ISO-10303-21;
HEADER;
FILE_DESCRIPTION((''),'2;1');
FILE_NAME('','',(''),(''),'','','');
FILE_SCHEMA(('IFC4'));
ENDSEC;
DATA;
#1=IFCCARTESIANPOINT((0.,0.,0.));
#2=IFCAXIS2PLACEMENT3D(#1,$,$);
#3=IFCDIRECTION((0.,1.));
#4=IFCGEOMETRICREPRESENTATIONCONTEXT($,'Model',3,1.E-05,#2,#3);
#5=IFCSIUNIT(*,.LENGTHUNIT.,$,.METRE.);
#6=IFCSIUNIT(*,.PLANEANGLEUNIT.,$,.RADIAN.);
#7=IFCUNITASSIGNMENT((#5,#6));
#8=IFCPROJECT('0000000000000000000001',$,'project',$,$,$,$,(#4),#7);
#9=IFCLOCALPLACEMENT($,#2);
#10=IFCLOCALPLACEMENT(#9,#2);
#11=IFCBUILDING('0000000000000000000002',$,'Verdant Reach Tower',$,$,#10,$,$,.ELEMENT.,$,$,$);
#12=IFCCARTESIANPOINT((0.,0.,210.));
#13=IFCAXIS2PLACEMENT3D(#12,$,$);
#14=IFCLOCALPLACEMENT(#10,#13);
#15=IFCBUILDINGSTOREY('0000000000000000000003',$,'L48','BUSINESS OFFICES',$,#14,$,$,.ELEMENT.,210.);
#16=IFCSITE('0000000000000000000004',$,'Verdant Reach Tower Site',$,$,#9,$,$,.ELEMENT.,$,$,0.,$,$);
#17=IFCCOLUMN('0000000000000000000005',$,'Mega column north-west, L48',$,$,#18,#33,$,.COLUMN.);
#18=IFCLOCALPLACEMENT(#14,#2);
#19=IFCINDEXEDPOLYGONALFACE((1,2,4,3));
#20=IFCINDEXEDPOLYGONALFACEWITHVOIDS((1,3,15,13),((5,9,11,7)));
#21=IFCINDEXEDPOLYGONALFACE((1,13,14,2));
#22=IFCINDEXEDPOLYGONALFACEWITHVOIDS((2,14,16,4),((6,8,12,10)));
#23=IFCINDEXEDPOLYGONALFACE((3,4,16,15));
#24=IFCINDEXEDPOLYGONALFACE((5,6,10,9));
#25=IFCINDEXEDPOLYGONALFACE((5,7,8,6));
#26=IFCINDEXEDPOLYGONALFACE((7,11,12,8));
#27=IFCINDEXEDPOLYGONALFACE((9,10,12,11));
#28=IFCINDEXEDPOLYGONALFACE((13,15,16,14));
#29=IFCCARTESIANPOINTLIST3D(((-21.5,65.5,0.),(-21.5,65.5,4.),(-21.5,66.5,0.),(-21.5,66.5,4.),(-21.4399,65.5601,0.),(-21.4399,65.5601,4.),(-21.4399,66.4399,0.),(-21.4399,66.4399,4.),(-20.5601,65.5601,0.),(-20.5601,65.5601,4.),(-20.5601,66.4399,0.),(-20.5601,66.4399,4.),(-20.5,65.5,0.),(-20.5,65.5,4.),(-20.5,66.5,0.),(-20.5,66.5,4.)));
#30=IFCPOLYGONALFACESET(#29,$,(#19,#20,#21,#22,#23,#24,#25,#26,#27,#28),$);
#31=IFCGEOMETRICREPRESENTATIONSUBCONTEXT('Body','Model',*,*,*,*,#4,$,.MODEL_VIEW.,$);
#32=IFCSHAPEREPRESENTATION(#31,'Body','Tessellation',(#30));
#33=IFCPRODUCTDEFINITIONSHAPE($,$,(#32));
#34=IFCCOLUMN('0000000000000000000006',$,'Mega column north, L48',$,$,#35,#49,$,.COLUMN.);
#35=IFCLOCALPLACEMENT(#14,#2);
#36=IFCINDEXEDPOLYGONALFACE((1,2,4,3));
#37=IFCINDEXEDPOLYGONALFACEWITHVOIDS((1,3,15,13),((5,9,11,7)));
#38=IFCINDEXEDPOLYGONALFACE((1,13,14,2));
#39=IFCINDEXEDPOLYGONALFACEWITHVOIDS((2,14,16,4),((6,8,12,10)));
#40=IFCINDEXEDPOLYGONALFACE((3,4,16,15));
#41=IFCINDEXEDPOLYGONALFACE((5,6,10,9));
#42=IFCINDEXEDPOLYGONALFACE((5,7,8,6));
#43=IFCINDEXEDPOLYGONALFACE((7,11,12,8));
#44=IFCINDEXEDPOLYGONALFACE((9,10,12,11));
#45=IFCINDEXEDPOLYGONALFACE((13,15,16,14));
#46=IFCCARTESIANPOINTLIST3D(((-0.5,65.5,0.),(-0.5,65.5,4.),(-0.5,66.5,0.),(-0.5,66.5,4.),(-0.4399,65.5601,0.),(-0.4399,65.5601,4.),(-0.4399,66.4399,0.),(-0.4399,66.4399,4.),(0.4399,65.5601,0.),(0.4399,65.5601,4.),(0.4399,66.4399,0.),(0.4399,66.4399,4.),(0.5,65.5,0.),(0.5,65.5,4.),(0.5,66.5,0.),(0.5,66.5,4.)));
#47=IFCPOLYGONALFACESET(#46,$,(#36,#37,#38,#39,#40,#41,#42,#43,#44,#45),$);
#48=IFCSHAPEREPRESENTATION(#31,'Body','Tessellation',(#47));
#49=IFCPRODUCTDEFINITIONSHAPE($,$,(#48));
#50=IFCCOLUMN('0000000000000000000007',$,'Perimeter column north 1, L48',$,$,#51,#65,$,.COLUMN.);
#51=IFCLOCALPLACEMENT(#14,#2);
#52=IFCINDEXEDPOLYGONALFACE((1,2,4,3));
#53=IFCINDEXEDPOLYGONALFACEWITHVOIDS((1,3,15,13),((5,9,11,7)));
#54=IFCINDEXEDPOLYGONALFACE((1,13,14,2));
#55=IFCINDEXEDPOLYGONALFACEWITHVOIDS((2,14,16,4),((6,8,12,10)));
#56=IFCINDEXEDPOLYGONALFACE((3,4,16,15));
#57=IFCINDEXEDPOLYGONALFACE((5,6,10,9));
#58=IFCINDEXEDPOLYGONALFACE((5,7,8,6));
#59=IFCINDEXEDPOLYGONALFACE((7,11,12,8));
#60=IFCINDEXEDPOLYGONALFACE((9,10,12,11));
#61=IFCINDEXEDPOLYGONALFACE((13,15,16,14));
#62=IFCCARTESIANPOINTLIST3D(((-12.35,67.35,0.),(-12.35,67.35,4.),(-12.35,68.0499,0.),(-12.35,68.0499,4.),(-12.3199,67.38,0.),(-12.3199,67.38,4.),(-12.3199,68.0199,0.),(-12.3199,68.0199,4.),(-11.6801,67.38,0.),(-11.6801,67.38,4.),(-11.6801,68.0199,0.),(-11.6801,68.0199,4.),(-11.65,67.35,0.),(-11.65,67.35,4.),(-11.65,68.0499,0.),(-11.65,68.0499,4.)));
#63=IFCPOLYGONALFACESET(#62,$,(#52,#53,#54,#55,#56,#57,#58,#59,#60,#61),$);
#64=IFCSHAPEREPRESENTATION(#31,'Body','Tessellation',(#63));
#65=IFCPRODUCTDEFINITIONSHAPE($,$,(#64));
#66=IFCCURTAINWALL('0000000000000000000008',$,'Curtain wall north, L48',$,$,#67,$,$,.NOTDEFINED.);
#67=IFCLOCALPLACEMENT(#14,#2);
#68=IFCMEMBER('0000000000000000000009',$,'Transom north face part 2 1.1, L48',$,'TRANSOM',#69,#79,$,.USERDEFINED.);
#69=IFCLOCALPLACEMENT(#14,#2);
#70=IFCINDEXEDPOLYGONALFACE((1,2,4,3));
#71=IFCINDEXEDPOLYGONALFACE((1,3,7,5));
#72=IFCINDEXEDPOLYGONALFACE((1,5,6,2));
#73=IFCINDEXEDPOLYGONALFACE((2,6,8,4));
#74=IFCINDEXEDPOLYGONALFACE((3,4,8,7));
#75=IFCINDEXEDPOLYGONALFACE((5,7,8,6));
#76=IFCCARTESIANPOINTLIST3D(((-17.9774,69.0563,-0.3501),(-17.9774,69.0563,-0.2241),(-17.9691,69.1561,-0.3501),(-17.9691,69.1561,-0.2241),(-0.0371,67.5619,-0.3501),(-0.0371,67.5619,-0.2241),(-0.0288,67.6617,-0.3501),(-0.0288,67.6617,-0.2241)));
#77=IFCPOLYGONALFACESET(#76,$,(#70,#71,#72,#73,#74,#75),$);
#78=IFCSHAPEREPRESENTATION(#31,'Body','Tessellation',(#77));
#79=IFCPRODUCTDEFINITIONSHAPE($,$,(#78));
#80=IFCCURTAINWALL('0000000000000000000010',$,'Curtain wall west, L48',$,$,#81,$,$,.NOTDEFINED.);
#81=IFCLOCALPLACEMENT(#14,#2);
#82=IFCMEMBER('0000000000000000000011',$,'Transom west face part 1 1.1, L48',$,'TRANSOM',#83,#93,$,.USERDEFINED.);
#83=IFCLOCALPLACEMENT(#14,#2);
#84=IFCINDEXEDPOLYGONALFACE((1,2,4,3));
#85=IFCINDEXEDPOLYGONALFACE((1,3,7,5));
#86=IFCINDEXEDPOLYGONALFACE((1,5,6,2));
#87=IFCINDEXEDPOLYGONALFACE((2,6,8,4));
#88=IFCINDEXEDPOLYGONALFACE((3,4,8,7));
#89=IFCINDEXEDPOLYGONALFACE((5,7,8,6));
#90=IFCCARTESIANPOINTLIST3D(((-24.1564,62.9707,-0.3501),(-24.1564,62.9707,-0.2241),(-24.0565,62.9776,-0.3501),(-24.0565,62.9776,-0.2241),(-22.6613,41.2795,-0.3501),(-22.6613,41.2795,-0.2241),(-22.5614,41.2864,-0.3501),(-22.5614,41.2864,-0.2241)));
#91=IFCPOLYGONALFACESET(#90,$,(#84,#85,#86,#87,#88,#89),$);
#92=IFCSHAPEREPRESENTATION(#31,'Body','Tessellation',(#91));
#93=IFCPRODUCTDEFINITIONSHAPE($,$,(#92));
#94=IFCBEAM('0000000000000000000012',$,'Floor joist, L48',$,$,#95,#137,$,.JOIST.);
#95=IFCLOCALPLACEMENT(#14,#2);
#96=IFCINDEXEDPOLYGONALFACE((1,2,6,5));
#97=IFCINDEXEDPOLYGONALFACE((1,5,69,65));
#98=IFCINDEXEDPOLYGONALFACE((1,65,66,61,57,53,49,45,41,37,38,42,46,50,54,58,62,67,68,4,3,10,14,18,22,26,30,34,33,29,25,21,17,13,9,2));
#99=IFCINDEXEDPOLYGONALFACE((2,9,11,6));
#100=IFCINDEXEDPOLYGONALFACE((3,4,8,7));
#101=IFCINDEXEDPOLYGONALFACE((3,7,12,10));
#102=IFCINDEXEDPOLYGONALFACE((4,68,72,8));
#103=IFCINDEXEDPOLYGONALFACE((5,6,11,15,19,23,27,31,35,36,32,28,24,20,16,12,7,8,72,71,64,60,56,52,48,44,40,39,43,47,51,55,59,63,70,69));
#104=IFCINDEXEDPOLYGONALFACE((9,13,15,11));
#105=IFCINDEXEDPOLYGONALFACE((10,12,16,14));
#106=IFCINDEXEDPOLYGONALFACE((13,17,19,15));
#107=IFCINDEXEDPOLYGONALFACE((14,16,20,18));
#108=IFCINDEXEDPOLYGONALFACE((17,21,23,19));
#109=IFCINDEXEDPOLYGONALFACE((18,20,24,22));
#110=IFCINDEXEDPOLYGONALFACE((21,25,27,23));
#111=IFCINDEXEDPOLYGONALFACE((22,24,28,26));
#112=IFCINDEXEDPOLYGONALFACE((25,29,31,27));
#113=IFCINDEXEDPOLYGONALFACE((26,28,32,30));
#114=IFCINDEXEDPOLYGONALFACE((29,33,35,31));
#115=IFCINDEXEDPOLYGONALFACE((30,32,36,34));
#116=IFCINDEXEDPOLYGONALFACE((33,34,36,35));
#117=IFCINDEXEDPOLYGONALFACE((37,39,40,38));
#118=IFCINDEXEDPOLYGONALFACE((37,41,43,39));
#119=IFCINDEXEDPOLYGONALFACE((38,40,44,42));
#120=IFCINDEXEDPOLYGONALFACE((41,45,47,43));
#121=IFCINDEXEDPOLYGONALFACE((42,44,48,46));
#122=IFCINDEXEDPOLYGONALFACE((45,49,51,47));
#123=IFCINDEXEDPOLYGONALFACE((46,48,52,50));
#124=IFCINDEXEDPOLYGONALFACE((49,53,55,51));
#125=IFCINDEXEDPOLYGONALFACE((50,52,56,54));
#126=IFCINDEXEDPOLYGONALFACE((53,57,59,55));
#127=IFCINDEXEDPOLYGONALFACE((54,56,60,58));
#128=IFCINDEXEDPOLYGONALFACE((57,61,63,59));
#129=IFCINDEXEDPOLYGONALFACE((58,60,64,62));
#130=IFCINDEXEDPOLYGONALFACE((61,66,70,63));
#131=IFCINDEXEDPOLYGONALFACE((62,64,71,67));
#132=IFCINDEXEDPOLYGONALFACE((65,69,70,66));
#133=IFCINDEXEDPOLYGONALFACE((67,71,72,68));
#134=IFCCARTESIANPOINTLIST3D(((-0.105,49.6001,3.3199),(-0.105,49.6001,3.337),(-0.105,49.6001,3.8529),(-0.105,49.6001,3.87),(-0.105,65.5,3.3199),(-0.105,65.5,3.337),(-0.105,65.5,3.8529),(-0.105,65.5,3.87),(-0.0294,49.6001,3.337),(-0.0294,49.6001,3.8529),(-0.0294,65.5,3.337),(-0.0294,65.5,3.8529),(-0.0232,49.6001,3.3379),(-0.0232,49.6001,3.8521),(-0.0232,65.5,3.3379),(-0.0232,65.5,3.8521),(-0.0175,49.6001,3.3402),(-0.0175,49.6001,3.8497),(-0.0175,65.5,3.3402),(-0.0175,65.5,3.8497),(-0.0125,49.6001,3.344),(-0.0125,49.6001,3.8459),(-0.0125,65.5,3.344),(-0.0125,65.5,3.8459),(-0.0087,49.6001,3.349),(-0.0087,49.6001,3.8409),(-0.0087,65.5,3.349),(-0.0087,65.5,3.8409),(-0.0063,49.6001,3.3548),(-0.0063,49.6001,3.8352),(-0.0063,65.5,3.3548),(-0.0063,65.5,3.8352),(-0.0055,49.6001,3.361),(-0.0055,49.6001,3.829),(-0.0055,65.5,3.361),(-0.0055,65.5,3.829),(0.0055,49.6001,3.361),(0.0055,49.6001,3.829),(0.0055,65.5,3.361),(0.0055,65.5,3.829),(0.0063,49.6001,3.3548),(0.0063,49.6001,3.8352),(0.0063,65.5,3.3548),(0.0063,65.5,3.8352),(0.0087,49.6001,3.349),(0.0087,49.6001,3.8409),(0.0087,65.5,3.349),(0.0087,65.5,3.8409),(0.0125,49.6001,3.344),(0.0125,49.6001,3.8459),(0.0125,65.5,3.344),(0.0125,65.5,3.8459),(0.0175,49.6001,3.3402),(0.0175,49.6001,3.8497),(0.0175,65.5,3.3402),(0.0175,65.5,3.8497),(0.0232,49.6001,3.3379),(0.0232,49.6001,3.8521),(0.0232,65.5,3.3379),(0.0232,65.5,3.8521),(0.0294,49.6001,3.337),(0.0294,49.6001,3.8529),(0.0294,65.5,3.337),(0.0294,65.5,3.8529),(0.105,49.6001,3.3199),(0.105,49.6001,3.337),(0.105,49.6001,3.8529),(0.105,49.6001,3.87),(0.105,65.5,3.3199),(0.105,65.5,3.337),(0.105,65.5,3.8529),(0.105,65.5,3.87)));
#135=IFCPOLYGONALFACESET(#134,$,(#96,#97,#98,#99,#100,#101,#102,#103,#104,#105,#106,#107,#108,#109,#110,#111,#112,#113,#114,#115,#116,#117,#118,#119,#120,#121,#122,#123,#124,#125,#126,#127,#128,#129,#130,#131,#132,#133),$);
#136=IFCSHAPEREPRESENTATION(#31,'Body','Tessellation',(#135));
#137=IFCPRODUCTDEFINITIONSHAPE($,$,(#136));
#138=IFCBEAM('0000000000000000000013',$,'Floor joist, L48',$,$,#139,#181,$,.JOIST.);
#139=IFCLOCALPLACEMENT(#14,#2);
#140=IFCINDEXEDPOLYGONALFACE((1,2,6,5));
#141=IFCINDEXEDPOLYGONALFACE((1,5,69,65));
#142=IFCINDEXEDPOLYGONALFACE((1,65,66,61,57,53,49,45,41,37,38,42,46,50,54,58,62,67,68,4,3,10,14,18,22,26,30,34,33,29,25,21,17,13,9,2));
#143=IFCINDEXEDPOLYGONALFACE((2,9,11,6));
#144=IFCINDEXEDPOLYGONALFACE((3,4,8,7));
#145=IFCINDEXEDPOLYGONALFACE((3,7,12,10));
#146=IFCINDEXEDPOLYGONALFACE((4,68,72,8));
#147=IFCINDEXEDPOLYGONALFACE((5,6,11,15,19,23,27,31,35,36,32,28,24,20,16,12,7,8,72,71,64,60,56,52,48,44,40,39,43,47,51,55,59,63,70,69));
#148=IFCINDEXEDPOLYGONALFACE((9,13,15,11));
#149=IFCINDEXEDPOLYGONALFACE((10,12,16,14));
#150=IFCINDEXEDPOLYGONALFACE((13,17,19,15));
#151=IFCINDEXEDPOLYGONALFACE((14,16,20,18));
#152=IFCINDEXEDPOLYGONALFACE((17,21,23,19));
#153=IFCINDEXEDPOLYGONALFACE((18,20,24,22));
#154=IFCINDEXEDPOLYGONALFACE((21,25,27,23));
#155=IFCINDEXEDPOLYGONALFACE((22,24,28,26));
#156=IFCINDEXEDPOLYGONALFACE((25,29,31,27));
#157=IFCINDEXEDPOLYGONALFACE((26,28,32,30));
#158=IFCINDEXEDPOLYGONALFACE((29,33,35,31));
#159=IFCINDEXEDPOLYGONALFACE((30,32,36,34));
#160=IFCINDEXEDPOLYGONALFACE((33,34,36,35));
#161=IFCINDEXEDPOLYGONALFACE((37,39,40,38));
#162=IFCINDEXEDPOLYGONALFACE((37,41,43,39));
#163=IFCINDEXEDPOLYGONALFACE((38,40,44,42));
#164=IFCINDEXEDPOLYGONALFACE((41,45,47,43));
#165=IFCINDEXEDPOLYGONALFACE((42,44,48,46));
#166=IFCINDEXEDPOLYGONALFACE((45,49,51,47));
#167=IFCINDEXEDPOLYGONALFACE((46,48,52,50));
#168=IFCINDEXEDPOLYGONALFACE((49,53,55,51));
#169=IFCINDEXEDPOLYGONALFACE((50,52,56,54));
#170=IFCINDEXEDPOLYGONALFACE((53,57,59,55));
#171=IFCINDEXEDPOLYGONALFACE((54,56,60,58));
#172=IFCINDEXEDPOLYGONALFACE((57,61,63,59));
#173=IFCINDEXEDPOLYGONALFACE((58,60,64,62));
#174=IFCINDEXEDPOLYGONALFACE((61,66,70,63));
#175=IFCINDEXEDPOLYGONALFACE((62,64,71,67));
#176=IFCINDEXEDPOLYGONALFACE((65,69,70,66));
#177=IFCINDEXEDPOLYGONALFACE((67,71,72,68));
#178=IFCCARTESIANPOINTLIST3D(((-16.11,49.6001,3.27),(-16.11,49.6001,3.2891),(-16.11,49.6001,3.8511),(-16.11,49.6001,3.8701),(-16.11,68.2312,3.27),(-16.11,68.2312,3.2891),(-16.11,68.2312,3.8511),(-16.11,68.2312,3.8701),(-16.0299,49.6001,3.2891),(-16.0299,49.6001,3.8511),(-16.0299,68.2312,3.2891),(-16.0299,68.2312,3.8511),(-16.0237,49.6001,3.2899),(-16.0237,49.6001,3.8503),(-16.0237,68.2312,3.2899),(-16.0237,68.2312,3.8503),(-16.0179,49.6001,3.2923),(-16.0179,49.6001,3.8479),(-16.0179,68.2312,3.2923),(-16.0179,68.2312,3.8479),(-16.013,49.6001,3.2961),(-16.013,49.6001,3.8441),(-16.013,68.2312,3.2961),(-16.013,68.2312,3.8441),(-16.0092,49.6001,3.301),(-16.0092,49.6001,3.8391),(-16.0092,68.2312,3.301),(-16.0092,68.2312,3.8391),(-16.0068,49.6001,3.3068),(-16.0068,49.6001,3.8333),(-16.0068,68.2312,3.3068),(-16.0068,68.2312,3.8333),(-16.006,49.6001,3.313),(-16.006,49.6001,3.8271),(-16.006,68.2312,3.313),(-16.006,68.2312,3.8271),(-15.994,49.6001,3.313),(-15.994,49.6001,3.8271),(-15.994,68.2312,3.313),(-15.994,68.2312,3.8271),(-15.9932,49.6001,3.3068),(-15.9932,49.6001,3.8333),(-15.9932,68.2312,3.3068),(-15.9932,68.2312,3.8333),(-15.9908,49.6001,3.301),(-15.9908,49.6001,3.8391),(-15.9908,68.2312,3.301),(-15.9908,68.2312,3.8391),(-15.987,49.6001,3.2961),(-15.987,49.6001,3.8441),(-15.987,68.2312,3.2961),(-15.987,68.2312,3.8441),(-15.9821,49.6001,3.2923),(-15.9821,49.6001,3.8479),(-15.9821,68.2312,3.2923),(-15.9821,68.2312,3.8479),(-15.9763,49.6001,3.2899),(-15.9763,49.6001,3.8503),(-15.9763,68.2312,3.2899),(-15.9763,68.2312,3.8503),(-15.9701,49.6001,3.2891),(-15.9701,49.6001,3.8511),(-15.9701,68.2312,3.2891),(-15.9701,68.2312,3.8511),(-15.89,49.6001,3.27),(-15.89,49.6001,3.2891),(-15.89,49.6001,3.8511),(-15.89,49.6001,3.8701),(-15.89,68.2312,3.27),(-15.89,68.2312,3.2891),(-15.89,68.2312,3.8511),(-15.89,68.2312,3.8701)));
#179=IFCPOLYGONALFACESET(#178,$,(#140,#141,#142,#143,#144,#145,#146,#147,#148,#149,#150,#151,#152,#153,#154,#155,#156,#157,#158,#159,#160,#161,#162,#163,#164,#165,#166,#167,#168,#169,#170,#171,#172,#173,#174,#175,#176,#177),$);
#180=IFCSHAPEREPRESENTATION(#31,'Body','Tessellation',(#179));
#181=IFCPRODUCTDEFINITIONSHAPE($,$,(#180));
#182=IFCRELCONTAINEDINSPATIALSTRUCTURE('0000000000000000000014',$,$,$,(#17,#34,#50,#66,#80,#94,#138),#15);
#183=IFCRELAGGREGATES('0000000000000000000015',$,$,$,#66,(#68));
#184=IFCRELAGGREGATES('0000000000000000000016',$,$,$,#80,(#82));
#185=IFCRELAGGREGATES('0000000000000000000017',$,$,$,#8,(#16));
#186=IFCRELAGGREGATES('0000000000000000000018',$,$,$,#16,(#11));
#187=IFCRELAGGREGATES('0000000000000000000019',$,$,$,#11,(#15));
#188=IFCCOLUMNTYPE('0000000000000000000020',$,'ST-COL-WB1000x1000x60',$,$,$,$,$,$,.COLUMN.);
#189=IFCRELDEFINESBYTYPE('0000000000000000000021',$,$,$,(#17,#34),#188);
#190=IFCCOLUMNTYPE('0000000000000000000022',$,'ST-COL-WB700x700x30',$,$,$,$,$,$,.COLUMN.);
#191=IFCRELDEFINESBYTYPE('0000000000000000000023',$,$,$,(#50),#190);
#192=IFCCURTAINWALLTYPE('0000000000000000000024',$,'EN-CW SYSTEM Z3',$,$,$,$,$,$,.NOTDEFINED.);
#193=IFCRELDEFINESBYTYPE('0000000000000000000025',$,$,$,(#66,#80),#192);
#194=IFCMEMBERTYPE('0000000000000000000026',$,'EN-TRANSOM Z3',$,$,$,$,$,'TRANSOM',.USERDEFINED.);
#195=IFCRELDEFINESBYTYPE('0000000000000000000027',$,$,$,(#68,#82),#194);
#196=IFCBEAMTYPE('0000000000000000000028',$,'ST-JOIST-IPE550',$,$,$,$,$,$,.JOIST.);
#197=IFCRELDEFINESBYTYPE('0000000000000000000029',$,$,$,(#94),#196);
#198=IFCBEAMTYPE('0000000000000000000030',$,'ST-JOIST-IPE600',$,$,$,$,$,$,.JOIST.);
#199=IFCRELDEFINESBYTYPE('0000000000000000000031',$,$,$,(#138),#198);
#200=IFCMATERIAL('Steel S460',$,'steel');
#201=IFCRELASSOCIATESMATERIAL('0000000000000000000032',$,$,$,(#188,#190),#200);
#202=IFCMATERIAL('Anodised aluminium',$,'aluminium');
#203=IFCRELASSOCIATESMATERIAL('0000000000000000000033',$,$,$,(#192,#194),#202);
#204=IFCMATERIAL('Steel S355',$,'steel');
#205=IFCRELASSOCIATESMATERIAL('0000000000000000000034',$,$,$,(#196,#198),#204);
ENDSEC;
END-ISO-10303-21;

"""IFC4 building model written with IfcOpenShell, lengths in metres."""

from ifc_helpers import new_model, si_unit, direction, frame, origin, origin_2d, place, context, subcontext, project, spatial, rectangle, hollow_rectangle, i_section, extrude, material, material_profile, profile_set, type_object, element, aggregate, save


model = new_model("IFC4")

# Units and contexts
model_context = context("Model", 3, precision=1e-05, world=origin(), true_north=direction((0.0, 1.0)))
body_context = subcontext(model_context, "Body", "Model", "MODEL_VIEW")
ifc_project = project(units=[si_unit("LENGTHUNIT", "METRE"), si_unit("PLANEANGLEUNIT", "RADIAN")], contexts=[model_context])

# Site, building, storey
site_placement = place(None, origin())
site = spatial("IfcSite", under=ifc_project, at=site_placement, Name="Verdant Reach Tower Site", CompositionType="ELEMENT", RefElevation=0.0)
building_placement = place(site_placement, origin())
building = spatial("IfcBuilding", under=site, at=building_placement, Name="Verdant Reach Tower", CompositionType="ELEMENT")
storey_placement = place(building_placement, frame((0.0, 0.0, 210.0)))
storey = spatial("IfcBuildingStorey", under=building, at=storey_placement, Name="L48", Description="BUSINESS OFFICES", CompositionType="ELEMENT", Elevation=210.0)

# Columns
ifc_material_1 = material(Name="Steel S460", Category="steel")
ifc_material_profile_1 = material_profile(ifc_material_1, hollow_rectangle(XDim=1.0, YDim=1.0, WallThickness=0.0601, at=origin_2d()), Name="WB 1000x1000x60")
ifc_profile_set_1 = profile_set([ifc_material_profile_1], Name="Steel S460")
column_type_1 = type_object("IfcColumnType", Name="ST-COL-WB1000x1000x60", PredefinedType="COLUMN", material=ifc_profile_set_1)
for number, where, z_axis, x_axis, name in (
    (1, (-21.0, 66.0, 0.0), (0.0, 0.0, 1.0), (1.0, 0.0, 0.0), "Mega column north-west, L48"),
    (2, (0.0, 66.0, 0.0), (0.0, 0.0, 1.0), (1.0, 0.0, 0.0), "Mega column north, L48"),
):
    element("IfcColumn", number, at=place(storey_placement, frame(where, z_axis=z_axis, x_axis=x_axis)), inside=storey, type_object=column_type_1, Name=name, PredefinedType="COLUMN", context=body_context, shape_type="SweptSolid", body=[
        extrude(hollow_rectangle(XDim=1.0, YDim=1.0, WallThickness=0.0601, at=origin_2d()), origin(), (0.0, 0.0, 1.0), 4.0),
    ])
ifc_material_profile_2 = material_profile(ifc_material_1, hollow_rectangle(XDim=0.7, YDim=0.7, WallThickness=0.03, at=origin_2d()), Name="WB 700x700x30")
ifc_profile_set_2 = profile_set([ifc_material_profile_2], Name="Steel S460")
column_type_2 = type_object("IfcColumnType", Name="ST-COL-WB700x700x30", PredefinedType="COLUMN", material=ifc_profile_set_2)
column_placement = place(storey_placement, frame((-12.0, 67.7, 0.0), z_axis=(0.0, 0.0, 1.0), x_axis=(1.0, 0.0, 0.0)))
element("IfcColumn", 3, at=column_placement, inside=storey, type_object=column_type_2, Name="Perimeter column north 1, L48", PredefinedType="COLUMN", context=body_context, shape_type="SweptSolid", body=[
    extrude(hollow_rectangle(XDim=0.7, YDim=0.7, WallThickness=0.03, at=origin_2d()), origin(), (0.0, 0.0, 1.0), 4.0),
])

# Curtain walls, members
ifc_material_2 = material(Name="Anodised aluminium", Category="aluminium")
curtain_wall_type = type_object("IfcCurtainWallType", Name="EN-CW SYSTEM Z3", PredefinedType="NOTDEFINED", material=ifc_material_2)
curtain_wall_1_placement = place(storey_placement, origin())
curtain_wall_1 = element("IfcCurtainWall", 4, at=curtain_wall_1_placement, inside=storey, type_object=curtain_wall_type, Name="Curtain wall north, L48", PredefinedType="NOTDEFINED")
ifc_material_profile_3 = material_profile(ifc_material_2, rectangle(XDim=0.1001, YDim=0.126, at=origin_2d()), Name="Transom 126x100")
ifc_profile_set_3 = profile_set([ifc_material_profile_3], Name="Anodised aluminium")
member_type = type_object("IfcMemberType", Name="EN-TRANSOM Z3", ElementType="TRANSOM", PredefinedType="USERDEFINED", material=ifc_profile_set_3)
member_1_placement = place(storey_placement, frame((-0.033, 67.6118, -0.2871), z_axis=(-0.996549, 0.08301, 0.0), x_axis=(-0.08301, -0.996549, 0.0)))
member_1 = element("IfcMember", 5, at=member_1_placement, type_object=member_type, Name="Transom north face part 2 1.1, L48", ObjectType="TRANSOM", PredefinedType="USERDEFINED", context=body_context, shape_type="SweptSolid", body=[
    extrude(rectangle(XDim=0.1001, YDim=0.126, at=origin_2d()), origin(), (0.0, 0.0, 1.0), 18.0024),
])
curtain_wall_2_placement = place(storey_placement, origin())
curtain_wall_2 = element("IfcCurtainWall", 6, at=curtain_wall_2_placement, inside=storey, type_object=curtain_wall_type, Name="Curtain wall west, L48", PredefinedType="NOTDEFINED")
member_2_placement = place(storey_placement, frame((-24.1064, 62.9741, -0.2871), z_axis=(0.068764, -0.997633, 0.0), x_axis=(0.997633, 0.068764, 0.0)))
member_2 = element("IfcMember", 7, at=member_2_placement, type_object=member_type, Name="Transom west face part 1 1.1, L48", ObjectType="TRANSOM", PredefinedType="USERDEFINED", context=body_context, shape_type="SweptSolid", body=[
    extrude(rectangle(XDim=0.1001, YDim=0.126, at=origin_2d()), origin(), (0.0, 0.0, 1.0), 21.7427),
])

# Beams
ifc_material_3 = material(Name="Steel S355", Category="steel")
ifc_material_profile_4 = material_profile(ifc_material_3, i_section(OverallWidth=0.21, OverallDepth=0.55, WebThickness=0.011, FlangeThickness=0.0171, FilletRadius=0.0239, at=origin_2d()), Name="IPE 550")
ifc_profile_set_4 = profile_set([ifc_material_profile_4], Name="Steel S355")
beam_type_1 = type_object("IfcBeamType", Name="ST-JOIST-IPE550", PredefinedType="JOIST", material=ifc_profile_set_4)
beam_1_placement = place(storey_placement, frame((0.0, 49.6001, 3.595), z_axis=(0.0, 1.0, 0.0), x_axis=(-1.0, 0.0, 0.0)))
element("IfcBeam", 8, at=beam_1_placement, inside=storey, type_object=beam_type_1, Name="Floor joist, L48", PredefinedType="JOIST", context=body_context, shape_type="SweptSolid", body=[
    extrude(i_section(OverallWidth=0.21, OverallDepth=0.55, WebThickness=0.011, FlangeThickness=0.0171, FilletRadius=0.0239, at=origin_2d()), origin(), (0.0, 0.0, 1.0), 15.8999),
])
ifc_material_profile_5 = material_profile(ifc_material_3, i_section(OverallWidth=0.22, OverallDepth=0.6001, WebThickness=0.012, FlangeThickness=0.019, FilletRadius=0.0239, at=origin_2d()), Name="IPE 600")
ifc_profile_set_5 = profile_set([ifc_material_profile_5], Name="Steel S355")
beam_type_2 = type_object("IfcBeamType", Name="ST-JOIST-IPE600", PredefinedType="JOIST", material=ifc_profile_set_5)
beam_2_placement = place(storey_placement, frame((-16.0, 49.6001, 3.5701), z_axis=(0.0, 1.0, 0.0), x_axis=(-1.0, 0.0, 0.0)))
element("IfcBeam", 9, at=beam_2_placement, inside=storey, type_object=beam_type_2, Name="Floor joist, L48", PredefinedType="JOIST", context=body_context, shape_type="SweptSolid", body=[
    extrude(i_section(OverallWidth=0.22, OverallDepth=0.6001, WebThickness=0.012, FlangeThickness=0.019, FilletRadius=0.0239, at=origin_2d()), origin(), (0.0, 0.0, 1.0), 18.6311),
])

aggregate(curtain_wall_1, [member_1])
aggregate(curtain_wall_2, [member_2])

save(model, "model.ifc")
